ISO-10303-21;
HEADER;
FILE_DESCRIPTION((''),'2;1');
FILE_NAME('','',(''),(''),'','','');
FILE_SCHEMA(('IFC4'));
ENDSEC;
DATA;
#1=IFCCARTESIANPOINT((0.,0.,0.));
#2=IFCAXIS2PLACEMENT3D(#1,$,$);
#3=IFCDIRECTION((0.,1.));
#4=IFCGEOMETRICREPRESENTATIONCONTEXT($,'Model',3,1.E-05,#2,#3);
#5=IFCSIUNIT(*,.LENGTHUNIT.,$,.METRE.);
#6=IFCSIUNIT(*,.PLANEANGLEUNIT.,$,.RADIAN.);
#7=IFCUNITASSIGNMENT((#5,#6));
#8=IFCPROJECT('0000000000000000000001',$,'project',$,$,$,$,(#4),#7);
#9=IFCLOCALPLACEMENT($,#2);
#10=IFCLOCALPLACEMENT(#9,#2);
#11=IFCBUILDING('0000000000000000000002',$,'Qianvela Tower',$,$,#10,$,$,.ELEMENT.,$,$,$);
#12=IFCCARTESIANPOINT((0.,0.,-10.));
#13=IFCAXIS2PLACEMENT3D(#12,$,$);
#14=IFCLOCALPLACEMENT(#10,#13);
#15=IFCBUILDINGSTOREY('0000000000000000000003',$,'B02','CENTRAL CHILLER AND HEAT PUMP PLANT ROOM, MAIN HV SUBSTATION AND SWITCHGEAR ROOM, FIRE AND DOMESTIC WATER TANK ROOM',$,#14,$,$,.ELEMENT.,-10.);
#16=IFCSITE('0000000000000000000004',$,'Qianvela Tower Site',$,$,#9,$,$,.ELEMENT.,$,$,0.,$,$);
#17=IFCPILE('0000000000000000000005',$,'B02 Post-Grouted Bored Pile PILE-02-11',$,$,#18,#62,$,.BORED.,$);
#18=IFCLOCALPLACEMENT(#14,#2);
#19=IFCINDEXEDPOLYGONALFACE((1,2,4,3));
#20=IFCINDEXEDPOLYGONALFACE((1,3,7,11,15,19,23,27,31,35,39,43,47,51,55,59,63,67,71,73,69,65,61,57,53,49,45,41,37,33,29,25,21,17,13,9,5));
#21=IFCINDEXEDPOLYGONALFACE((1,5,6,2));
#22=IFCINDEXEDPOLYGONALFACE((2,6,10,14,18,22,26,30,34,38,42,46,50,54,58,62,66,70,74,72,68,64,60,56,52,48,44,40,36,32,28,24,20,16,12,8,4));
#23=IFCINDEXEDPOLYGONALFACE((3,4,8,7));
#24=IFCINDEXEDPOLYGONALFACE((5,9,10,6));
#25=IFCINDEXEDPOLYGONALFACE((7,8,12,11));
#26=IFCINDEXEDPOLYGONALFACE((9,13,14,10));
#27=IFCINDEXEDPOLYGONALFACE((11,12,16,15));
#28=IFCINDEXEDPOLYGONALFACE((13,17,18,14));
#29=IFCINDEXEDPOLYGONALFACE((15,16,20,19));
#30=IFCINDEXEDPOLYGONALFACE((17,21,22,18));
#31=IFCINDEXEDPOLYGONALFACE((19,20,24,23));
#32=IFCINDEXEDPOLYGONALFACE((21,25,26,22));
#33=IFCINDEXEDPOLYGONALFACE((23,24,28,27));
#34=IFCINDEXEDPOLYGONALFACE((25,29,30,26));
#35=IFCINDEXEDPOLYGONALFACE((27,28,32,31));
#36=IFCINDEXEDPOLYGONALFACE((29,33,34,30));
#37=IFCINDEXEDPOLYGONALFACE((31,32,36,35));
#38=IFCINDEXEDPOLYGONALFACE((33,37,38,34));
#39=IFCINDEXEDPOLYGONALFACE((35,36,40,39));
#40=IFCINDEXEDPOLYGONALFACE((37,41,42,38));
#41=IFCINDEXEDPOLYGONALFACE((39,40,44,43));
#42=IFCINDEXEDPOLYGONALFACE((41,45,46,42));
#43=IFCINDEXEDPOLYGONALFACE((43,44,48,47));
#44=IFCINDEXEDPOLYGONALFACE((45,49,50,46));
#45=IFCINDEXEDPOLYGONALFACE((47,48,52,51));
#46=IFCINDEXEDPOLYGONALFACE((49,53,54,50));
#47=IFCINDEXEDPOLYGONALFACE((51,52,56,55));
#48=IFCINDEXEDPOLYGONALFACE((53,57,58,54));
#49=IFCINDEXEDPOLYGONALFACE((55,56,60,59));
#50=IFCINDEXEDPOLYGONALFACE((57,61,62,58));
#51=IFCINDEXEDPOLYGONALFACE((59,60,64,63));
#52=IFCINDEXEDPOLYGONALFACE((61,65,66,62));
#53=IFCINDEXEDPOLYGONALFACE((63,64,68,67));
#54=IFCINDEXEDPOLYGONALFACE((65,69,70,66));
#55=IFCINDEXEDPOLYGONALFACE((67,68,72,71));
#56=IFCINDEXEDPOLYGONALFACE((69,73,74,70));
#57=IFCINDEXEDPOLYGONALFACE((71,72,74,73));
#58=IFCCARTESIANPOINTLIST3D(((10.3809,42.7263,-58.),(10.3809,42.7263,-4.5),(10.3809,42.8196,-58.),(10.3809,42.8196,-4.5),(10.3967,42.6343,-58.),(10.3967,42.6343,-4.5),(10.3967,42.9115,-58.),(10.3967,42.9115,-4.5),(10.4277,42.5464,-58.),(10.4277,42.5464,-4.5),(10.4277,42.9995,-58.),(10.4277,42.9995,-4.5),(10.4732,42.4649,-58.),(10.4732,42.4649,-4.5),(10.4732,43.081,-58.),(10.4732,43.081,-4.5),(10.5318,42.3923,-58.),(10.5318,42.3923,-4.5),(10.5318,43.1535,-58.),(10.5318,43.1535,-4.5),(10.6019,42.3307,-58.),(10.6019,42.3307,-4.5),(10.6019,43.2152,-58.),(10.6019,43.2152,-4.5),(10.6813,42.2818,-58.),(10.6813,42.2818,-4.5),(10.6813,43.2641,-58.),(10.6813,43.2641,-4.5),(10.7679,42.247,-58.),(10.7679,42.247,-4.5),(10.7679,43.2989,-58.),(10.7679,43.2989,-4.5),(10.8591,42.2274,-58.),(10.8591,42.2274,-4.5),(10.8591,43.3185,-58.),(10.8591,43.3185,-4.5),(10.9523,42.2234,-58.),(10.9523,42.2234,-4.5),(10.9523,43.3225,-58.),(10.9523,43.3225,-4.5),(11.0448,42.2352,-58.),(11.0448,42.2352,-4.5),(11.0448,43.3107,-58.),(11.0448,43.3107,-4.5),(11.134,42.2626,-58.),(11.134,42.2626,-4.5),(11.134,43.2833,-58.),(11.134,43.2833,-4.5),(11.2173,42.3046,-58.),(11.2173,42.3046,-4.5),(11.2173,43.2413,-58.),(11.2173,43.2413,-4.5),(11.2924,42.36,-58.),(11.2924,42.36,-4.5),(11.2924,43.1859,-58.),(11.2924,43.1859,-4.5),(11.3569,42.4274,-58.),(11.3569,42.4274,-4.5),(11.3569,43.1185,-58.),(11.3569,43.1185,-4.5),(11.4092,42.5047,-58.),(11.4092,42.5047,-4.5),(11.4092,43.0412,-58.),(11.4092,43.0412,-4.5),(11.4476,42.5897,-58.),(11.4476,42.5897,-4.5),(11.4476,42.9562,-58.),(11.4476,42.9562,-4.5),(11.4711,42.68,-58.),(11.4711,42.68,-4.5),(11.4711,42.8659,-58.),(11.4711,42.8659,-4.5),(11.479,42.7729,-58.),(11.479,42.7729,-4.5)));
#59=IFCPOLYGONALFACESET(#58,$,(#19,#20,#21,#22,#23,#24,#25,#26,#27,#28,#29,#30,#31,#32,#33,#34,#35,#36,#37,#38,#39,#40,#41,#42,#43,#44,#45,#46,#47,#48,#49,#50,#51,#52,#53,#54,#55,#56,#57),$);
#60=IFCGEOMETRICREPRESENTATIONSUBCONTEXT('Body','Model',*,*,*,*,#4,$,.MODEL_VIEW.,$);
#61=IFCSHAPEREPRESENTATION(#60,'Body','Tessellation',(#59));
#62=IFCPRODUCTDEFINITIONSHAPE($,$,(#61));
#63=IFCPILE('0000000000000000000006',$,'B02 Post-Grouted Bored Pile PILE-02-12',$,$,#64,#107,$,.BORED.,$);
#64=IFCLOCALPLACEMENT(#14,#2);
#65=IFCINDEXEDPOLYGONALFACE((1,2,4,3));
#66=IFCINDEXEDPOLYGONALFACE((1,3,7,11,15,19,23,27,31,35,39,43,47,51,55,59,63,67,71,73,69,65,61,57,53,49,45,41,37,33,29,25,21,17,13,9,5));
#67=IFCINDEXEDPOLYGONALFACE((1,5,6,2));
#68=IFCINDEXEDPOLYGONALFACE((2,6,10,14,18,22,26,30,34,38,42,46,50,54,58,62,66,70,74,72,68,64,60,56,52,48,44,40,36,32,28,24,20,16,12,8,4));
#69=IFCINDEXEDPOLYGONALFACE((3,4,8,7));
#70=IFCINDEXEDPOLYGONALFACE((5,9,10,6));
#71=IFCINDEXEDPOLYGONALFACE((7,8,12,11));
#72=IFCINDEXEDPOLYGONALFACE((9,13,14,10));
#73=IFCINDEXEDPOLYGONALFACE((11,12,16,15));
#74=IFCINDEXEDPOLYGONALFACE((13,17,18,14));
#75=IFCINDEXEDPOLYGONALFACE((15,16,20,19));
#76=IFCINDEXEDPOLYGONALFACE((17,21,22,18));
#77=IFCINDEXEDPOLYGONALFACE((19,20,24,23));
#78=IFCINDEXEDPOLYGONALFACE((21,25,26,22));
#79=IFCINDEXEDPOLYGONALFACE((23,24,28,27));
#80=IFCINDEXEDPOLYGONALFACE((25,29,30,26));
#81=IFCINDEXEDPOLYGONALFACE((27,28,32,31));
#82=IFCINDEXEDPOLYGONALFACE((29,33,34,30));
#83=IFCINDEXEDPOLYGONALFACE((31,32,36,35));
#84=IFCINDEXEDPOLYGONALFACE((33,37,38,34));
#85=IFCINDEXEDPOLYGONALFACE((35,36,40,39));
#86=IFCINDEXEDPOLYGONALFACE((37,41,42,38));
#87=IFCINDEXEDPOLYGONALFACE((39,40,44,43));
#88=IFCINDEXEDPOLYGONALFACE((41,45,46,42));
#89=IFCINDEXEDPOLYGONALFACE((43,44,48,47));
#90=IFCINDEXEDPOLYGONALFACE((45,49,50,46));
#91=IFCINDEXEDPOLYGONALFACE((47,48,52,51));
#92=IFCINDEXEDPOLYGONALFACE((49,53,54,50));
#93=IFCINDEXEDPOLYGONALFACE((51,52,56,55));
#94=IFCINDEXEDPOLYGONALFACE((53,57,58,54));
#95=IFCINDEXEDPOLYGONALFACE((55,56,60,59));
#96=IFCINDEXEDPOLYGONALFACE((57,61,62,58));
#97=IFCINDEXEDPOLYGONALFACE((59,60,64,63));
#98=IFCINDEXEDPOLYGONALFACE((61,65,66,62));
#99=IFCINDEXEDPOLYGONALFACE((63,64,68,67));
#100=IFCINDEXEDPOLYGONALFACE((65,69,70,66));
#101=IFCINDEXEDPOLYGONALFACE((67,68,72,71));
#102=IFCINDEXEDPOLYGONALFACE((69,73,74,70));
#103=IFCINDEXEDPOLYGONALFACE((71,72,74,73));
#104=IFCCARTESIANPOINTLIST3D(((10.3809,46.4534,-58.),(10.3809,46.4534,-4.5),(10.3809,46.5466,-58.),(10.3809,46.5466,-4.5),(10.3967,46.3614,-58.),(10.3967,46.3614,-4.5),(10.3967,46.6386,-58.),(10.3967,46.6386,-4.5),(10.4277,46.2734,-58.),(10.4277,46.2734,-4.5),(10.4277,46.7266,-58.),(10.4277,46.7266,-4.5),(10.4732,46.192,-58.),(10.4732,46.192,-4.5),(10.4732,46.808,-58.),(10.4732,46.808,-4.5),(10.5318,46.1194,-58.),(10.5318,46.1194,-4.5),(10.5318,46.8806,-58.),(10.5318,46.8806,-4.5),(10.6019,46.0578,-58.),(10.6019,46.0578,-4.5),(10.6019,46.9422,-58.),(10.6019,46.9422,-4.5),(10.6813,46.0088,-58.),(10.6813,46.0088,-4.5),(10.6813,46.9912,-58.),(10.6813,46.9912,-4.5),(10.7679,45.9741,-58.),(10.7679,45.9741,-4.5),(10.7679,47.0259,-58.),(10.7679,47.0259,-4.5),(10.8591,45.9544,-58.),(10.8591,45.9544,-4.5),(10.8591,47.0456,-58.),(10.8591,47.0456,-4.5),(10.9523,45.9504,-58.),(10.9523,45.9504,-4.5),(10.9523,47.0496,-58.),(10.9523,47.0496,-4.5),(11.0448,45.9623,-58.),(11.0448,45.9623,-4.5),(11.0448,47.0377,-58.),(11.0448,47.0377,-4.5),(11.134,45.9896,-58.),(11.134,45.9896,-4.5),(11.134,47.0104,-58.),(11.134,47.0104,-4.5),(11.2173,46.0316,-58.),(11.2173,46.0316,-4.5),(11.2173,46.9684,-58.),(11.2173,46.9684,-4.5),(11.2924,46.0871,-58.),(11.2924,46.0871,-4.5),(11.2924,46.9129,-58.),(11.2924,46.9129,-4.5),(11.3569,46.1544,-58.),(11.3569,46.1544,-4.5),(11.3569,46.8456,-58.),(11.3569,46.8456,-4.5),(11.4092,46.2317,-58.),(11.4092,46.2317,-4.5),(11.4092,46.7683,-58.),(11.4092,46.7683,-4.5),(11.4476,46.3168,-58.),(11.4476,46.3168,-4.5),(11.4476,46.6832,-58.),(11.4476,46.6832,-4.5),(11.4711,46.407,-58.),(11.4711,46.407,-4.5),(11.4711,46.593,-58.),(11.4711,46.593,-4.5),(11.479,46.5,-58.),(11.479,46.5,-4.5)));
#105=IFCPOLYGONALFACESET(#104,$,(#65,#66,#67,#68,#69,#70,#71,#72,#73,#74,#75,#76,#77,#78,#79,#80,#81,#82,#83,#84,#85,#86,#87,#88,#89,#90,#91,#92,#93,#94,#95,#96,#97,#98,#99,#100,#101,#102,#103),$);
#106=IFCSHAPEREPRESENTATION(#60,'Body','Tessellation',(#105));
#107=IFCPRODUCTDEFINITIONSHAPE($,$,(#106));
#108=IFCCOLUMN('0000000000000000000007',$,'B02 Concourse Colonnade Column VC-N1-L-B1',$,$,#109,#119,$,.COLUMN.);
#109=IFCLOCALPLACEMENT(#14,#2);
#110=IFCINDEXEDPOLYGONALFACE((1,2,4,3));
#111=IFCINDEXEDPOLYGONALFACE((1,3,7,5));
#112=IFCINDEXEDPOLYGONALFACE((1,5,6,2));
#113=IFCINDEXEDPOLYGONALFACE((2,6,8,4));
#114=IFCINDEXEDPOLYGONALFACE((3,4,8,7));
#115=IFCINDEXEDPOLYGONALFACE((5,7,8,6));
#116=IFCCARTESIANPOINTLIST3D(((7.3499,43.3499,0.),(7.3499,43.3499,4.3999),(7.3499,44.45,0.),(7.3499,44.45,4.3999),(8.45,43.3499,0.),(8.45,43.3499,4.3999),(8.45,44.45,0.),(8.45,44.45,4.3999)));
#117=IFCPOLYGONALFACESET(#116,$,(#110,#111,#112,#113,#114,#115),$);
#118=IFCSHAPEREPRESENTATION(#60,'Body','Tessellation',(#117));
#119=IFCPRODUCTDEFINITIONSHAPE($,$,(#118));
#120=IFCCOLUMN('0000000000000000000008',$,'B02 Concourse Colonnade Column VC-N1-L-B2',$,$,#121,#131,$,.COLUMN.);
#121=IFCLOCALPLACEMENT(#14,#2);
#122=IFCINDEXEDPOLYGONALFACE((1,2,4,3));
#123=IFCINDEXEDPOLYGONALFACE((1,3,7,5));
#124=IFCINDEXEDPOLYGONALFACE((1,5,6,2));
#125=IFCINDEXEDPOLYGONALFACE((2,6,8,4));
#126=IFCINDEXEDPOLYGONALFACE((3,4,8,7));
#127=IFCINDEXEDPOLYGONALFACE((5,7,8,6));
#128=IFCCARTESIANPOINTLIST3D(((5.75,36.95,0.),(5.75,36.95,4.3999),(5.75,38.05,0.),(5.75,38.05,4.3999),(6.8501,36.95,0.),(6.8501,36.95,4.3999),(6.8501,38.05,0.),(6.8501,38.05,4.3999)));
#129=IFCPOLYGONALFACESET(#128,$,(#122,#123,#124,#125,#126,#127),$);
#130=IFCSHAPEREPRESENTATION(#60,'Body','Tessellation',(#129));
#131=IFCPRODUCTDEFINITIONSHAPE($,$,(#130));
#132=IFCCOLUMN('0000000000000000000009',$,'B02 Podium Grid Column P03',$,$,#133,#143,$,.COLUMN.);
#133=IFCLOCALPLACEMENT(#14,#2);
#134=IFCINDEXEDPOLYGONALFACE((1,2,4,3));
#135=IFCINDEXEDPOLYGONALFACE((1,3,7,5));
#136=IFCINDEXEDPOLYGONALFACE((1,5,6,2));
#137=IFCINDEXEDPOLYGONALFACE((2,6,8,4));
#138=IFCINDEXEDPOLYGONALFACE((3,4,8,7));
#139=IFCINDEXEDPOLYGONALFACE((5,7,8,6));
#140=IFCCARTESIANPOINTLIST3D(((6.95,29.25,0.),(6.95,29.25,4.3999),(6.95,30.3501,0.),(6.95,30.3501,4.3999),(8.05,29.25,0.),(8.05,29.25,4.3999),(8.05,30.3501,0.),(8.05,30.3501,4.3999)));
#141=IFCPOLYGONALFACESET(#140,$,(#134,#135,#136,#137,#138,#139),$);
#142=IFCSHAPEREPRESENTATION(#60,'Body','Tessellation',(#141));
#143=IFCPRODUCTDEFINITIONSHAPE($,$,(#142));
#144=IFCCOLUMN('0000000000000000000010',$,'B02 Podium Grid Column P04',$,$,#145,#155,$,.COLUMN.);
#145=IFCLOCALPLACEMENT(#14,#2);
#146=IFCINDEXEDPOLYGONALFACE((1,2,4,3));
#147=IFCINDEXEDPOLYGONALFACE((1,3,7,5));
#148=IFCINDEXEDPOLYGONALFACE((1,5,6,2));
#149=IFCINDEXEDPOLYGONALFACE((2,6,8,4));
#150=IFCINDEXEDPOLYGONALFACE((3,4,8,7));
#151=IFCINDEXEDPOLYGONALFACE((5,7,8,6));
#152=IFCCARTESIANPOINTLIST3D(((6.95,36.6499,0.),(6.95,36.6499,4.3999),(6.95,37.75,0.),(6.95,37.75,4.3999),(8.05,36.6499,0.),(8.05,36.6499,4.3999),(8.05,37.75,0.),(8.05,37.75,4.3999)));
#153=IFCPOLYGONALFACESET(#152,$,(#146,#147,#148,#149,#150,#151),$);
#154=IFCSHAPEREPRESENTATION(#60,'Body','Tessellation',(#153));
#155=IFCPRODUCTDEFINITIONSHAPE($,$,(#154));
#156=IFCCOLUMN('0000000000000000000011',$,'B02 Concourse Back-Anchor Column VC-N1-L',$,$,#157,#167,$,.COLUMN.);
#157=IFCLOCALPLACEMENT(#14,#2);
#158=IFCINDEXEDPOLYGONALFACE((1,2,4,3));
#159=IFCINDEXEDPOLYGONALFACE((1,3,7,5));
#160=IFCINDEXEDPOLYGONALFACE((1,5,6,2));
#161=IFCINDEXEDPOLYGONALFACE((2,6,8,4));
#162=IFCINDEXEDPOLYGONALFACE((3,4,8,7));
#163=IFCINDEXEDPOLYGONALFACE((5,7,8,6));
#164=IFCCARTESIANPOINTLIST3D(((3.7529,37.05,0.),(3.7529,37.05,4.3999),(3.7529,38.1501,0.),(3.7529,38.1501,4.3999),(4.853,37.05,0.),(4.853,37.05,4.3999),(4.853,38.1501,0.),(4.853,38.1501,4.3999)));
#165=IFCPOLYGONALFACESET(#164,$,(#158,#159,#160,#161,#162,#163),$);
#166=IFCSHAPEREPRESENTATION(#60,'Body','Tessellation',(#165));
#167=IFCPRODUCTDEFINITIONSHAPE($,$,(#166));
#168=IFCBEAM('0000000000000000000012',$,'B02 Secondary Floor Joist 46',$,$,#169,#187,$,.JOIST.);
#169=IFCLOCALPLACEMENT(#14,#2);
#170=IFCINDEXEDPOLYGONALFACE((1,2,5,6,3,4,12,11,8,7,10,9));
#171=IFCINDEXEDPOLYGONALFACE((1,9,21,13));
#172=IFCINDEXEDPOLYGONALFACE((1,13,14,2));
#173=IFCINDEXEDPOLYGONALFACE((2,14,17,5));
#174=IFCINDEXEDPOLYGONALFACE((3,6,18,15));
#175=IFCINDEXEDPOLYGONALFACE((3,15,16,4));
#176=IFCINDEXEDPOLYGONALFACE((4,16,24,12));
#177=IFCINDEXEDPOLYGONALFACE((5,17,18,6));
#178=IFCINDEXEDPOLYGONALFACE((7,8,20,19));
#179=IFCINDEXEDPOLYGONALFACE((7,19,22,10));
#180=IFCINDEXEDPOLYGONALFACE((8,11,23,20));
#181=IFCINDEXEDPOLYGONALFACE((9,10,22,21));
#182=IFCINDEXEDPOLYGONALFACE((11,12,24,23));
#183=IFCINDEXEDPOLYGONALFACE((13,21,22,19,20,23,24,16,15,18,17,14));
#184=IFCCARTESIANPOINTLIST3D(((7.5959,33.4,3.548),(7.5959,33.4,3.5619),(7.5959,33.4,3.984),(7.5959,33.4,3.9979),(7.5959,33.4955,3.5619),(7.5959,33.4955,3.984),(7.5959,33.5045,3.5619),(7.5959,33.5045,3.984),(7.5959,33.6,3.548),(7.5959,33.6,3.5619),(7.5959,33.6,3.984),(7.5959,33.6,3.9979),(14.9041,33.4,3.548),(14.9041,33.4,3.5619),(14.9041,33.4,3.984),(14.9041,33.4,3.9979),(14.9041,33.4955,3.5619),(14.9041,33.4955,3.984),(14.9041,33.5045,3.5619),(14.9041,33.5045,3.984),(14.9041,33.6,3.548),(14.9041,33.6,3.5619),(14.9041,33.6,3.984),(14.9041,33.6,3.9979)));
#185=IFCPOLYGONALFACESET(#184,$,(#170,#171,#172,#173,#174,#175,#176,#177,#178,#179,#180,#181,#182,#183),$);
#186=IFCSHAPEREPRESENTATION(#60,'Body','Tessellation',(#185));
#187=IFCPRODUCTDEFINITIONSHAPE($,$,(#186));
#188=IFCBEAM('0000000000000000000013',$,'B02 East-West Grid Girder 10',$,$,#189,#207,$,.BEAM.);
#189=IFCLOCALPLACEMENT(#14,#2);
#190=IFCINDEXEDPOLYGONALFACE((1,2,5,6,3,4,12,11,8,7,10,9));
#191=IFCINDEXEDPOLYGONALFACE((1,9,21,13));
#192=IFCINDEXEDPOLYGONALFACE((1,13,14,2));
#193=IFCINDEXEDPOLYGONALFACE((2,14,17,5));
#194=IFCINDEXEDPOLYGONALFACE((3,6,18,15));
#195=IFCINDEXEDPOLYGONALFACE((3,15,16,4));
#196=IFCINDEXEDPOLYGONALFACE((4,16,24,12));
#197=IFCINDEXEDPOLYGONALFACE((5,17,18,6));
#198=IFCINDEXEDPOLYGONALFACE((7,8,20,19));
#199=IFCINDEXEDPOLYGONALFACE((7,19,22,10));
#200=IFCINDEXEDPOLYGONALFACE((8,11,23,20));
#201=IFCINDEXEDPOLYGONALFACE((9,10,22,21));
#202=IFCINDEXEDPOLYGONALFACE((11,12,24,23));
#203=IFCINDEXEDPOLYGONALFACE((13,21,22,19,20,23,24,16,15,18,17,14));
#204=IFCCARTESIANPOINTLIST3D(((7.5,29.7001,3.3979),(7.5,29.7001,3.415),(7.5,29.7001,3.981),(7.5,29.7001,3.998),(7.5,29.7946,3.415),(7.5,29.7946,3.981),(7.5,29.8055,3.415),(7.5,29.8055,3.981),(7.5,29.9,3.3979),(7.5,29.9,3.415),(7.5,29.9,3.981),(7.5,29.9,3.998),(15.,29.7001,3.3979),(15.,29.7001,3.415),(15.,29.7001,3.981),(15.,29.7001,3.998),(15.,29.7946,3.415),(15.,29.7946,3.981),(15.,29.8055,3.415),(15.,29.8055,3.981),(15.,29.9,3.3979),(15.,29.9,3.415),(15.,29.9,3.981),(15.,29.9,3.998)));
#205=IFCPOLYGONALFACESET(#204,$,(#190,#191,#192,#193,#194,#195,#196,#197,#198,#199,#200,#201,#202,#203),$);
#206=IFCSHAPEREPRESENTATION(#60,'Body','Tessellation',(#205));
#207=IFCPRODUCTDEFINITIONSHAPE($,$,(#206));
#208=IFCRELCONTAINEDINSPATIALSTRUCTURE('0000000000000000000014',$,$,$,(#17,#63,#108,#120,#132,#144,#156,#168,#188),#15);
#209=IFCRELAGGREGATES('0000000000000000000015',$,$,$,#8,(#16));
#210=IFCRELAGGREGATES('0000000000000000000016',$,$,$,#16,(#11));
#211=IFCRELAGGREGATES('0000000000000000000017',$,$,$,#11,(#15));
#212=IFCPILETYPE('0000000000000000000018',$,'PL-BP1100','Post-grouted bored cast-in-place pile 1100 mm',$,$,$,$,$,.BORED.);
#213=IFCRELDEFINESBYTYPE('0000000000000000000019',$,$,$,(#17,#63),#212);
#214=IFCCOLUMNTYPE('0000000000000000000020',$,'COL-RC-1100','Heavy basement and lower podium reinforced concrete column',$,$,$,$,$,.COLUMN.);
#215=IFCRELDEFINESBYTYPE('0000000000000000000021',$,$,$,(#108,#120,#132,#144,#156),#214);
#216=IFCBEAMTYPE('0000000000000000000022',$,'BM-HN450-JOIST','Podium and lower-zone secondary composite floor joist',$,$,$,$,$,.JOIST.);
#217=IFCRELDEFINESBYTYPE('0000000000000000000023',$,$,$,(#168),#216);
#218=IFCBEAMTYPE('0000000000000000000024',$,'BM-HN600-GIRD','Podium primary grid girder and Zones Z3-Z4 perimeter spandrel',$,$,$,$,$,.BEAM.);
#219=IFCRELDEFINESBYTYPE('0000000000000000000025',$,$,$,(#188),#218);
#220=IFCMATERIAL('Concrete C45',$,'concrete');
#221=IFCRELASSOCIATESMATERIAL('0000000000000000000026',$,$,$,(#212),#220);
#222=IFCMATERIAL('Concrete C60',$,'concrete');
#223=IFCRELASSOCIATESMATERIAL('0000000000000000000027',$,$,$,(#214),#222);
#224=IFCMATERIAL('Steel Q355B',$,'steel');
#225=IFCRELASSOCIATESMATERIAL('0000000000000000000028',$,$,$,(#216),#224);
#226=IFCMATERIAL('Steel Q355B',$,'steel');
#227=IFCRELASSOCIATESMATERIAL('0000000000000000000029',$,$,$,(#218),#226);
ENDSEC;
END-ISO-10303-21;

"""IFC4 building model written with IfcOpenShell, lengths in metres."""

from ifc_helpers import new_model, si_unit, direction, frame, origin, origin_2d, place, context, subcontext, project, spatial, rectangle, circle, i_section, extrude, material, material_profile, profile_set, type_object, element, save


model = new_model("IFC4")

# Units and contexts
model_context = context("Model", 3, precision=1e-05, world=origin(), true_north=direction((0.0, 1.0)))
body_context = subcontext(model_context, "Body", "Model", "MODEL_VIEW")
ifc_project = project(units=[si_unit("LENGTHUNIT", "METRE"), si_unit("PLANEANGLEUNIT", "RADIAN")], contexts=[model_context])

# Site, building, storey
site_placement = place(None, origin())
site = spatial("IfcSite", under=ifc_project, at=site_placement, Name="Qianvela Tower Site", CompositionType="ELEMENT", RefElevation=0.0)
building_placement = place(site_placement, origin())
building = spatial("IfcBuilding", under=site, at=building_placement, Name="Qianvela Tower", CompositionType="ELEMENT")
storey_placement = place(building_placement, frame((0.0, 0.0, -10.0)))
storey = spatial("IfcBuildingStorey", under=building, at=storey_placement, Name="B02", Description="CENTRAL CHILLER AND HEAT PUMP PLANT ROOM, MAIN HV SUBSTATION AND SWITCHGEAR ROOM, FIRE AND DOMESTIC WATER TANK ROOM", CompositionType="ELEMENT", Elevation=-10.0)

# Piles
ifc_material_1 = material(Name="Concrete C45", Category="concrete")
ifc_material_profile_1 = material_profile(ifc_material_1, circle(Radius=0.55, at=origin_2d()), Name="BP-1100")
ifc_profile_set_1 = profile_set([ifc_material_profile_1], Name="Concrete C45")
pile_type = type_object("IfcPileType", Name="PL-BP1100", Description="Post-grouted bored cast-in-place pile 1100 mm", PredefinedType="BORED", material=ifc_profile_set_1)
for number, where, z_axis, x_axis, name in (
    (1, (10.929, 42.7729, -4.5), (0.0, 0.0, -1.0), (1.0, 0.0, 0.0), "B02 Post-Grouted Bored Pile PILE-02-11"),
    (2, (10.929, 46.5, -4.5), (0.0, 0.0, -1.0), (1.0, 0.0, 0.0), "B02 Post-Grouted Bored Pile PILE-02-12"),
):
    element("IfcPile", number, at=place(storey_placement, frame(where, z_axis=z_axis, x_axis=x_axis)), inside=storey, type_object=pile_type, Name=name, PredefinedType="BORED", context=body_context, shape_type="SweptSolid", body=[
        extrude(circle(Radius=0.55, at=origin_2d()), origin(), (0.0, 0.0, 1.0), 53.5),
    ])

# Columns
ifc_material_2 = material(Name="Concrete C60", Category="concrete")
ifc_material_profile_2 = material_profile(ifc_material_2, rectangle(XDim=1.1001, YDim=1.1001, at=origin_2d()), Name="RC-COL-1100x1100")
ifc_profile_set_2 = profile_set([ifc_material_profile_2], Name="Concrete C60")
column_type = type_object("IfcColumnType", Name="COL-RC-1100", Description="Heavy basement and lower podium reinforced concrete column", PredefinedType="COLUMN", material=ifc_profile_set_2)
for number, where, z_axis, x_axis, name in (
    (3, (7.8999, 43.8999, 0.0), (0.0, 0.0, 1.0), (1.0, 0.0, 0.0), "B02 Concourse Colonnade Column VC-N1-L-B1"),
    (4, (6.3, 37.5, 0.0), (0.0, 0.0, 1.0), (1.0, 0.0, 0.0), "B02 Concourse Colonnade Column VC-N1-L-B2"),
    (5, (7.5, 29.8, 0.0), (0.0, 0.0, 1.0), (1.0, 0.0, 0.0), "B02 Podium Grid Column P03"),
    (6, (7.5, 37.2, 0.0), (0.0, 0.0, 1.0), (1.0, 0.0, 0.0), "B02 Podium Grid Column P04"),
    (7, (4.303, 37.6001, 0.0), (0.0, 0.0, 1.0), (1.0, 0.0, 0.0), "B02 Concourse Back-Anchor Column VC-N1-L"),
):
    element("IfcColumn", number, at=place(storey_placement, frame(where, z_axis=z_axis, x_axis=x_axis)), inside=storey, type_object=column_type, Name=name, PredefinedType="COLUMN", context=body_context, shape_type="SweptSolid", body=[
        extrude(rectangle(XDim=1.1001, YDim=1.1001, at=origin_2d()), origin(), (0.0, 0.0, 1.0), 4.3999),
    ])

# Beams
ifc_material_3 = material(Name="Steel Q355B", Category="steel")
ifc_material_profile_3 = material_profile(ifc_material_3, i_section(OverallWidth=0.2, OverallDepth=0.45, WebThickness=0.009, FlangeThickness=0.0139, at=origin_2d()), Name="HN450x200x9x14")
ifc_profile_set_3 = profile_set([ifc_material_profile_3], Name="Steel Q355B")
beam_type_1 = type_object("IfcBeamType", Name="BM-HN450-JOIST", Description="Podium and lower-zone secondary composite floor joist", PredefinedType="JOIST", material=ifc_profile_set_3)
beam_1_placement = place(storey_placement, frame((7.5959, 33.5, 3.7729), z_axis=(1.0, 0.0, 0.0), x_axis=(0.0, 1.0, 0.0)))
element("IfcBeam", 8, at=beam_1_placement, inside=storey, type_object=beam_type_1, Name="B02 Secondary Floor Joist 46", PredefinedType="JOIST", context=body_context, shape_type="SweptSolid", body=[
    extrude(i_section(OverallWidth=0.2, OverallDepth=0.45, WebThickness=0.009, FlangeThickness=0.0139, at=origin_2d()), origin(), (0.0, 0.0, 1.0), 7.3081),
])
ifc_material_4 = material(Name="Steel Q355B", Category="steel")
ifc_material_profile_4 = material_profile(ifc_material_4, i_section(OverallWidth=0.2, OverallDepth=0.6001, WebThickness=0.011, FlangeThickness=0.0171, at=origin_2d()), Name="HN600x200x11x17")
ifc_profile_set_4 = profile_set([ifc_material_profile_4], Name="Steel Q355B")
beam_type_2 = type_object("IfcBeamType", Name="BM-HN600-GIRD", Description="Podium primary grid girder and Zones Z3-Z4 perimeter spandrel", PredefinedType="BEAM", material=ifc_profile_set_4)
beam_2_placement = place(storey_placement, frame((7.5, 29.8, 3.698), z_axis=(1.0, 0.0, 0.0), x_axis=(0.0, 1.0, 0.0)))
element("IfcBeam", 9, at=beam_2_placement, inside=storey, type_object=beam_type_2, Name="B02 East-West Grid Girder 10", PredefinedType="BEAM", context=body_context, shape_type="SweptSolid", body=[
    extrude(i_section(OverallWidth=0.2, OverallDepth=0.6001, WebThickness=0.011, FlangeThickness=0.0171, at=origin_2d()), origin(), (0.0, 0.0, 1.0), 7.5),
])

save(model, "model.ifc")
